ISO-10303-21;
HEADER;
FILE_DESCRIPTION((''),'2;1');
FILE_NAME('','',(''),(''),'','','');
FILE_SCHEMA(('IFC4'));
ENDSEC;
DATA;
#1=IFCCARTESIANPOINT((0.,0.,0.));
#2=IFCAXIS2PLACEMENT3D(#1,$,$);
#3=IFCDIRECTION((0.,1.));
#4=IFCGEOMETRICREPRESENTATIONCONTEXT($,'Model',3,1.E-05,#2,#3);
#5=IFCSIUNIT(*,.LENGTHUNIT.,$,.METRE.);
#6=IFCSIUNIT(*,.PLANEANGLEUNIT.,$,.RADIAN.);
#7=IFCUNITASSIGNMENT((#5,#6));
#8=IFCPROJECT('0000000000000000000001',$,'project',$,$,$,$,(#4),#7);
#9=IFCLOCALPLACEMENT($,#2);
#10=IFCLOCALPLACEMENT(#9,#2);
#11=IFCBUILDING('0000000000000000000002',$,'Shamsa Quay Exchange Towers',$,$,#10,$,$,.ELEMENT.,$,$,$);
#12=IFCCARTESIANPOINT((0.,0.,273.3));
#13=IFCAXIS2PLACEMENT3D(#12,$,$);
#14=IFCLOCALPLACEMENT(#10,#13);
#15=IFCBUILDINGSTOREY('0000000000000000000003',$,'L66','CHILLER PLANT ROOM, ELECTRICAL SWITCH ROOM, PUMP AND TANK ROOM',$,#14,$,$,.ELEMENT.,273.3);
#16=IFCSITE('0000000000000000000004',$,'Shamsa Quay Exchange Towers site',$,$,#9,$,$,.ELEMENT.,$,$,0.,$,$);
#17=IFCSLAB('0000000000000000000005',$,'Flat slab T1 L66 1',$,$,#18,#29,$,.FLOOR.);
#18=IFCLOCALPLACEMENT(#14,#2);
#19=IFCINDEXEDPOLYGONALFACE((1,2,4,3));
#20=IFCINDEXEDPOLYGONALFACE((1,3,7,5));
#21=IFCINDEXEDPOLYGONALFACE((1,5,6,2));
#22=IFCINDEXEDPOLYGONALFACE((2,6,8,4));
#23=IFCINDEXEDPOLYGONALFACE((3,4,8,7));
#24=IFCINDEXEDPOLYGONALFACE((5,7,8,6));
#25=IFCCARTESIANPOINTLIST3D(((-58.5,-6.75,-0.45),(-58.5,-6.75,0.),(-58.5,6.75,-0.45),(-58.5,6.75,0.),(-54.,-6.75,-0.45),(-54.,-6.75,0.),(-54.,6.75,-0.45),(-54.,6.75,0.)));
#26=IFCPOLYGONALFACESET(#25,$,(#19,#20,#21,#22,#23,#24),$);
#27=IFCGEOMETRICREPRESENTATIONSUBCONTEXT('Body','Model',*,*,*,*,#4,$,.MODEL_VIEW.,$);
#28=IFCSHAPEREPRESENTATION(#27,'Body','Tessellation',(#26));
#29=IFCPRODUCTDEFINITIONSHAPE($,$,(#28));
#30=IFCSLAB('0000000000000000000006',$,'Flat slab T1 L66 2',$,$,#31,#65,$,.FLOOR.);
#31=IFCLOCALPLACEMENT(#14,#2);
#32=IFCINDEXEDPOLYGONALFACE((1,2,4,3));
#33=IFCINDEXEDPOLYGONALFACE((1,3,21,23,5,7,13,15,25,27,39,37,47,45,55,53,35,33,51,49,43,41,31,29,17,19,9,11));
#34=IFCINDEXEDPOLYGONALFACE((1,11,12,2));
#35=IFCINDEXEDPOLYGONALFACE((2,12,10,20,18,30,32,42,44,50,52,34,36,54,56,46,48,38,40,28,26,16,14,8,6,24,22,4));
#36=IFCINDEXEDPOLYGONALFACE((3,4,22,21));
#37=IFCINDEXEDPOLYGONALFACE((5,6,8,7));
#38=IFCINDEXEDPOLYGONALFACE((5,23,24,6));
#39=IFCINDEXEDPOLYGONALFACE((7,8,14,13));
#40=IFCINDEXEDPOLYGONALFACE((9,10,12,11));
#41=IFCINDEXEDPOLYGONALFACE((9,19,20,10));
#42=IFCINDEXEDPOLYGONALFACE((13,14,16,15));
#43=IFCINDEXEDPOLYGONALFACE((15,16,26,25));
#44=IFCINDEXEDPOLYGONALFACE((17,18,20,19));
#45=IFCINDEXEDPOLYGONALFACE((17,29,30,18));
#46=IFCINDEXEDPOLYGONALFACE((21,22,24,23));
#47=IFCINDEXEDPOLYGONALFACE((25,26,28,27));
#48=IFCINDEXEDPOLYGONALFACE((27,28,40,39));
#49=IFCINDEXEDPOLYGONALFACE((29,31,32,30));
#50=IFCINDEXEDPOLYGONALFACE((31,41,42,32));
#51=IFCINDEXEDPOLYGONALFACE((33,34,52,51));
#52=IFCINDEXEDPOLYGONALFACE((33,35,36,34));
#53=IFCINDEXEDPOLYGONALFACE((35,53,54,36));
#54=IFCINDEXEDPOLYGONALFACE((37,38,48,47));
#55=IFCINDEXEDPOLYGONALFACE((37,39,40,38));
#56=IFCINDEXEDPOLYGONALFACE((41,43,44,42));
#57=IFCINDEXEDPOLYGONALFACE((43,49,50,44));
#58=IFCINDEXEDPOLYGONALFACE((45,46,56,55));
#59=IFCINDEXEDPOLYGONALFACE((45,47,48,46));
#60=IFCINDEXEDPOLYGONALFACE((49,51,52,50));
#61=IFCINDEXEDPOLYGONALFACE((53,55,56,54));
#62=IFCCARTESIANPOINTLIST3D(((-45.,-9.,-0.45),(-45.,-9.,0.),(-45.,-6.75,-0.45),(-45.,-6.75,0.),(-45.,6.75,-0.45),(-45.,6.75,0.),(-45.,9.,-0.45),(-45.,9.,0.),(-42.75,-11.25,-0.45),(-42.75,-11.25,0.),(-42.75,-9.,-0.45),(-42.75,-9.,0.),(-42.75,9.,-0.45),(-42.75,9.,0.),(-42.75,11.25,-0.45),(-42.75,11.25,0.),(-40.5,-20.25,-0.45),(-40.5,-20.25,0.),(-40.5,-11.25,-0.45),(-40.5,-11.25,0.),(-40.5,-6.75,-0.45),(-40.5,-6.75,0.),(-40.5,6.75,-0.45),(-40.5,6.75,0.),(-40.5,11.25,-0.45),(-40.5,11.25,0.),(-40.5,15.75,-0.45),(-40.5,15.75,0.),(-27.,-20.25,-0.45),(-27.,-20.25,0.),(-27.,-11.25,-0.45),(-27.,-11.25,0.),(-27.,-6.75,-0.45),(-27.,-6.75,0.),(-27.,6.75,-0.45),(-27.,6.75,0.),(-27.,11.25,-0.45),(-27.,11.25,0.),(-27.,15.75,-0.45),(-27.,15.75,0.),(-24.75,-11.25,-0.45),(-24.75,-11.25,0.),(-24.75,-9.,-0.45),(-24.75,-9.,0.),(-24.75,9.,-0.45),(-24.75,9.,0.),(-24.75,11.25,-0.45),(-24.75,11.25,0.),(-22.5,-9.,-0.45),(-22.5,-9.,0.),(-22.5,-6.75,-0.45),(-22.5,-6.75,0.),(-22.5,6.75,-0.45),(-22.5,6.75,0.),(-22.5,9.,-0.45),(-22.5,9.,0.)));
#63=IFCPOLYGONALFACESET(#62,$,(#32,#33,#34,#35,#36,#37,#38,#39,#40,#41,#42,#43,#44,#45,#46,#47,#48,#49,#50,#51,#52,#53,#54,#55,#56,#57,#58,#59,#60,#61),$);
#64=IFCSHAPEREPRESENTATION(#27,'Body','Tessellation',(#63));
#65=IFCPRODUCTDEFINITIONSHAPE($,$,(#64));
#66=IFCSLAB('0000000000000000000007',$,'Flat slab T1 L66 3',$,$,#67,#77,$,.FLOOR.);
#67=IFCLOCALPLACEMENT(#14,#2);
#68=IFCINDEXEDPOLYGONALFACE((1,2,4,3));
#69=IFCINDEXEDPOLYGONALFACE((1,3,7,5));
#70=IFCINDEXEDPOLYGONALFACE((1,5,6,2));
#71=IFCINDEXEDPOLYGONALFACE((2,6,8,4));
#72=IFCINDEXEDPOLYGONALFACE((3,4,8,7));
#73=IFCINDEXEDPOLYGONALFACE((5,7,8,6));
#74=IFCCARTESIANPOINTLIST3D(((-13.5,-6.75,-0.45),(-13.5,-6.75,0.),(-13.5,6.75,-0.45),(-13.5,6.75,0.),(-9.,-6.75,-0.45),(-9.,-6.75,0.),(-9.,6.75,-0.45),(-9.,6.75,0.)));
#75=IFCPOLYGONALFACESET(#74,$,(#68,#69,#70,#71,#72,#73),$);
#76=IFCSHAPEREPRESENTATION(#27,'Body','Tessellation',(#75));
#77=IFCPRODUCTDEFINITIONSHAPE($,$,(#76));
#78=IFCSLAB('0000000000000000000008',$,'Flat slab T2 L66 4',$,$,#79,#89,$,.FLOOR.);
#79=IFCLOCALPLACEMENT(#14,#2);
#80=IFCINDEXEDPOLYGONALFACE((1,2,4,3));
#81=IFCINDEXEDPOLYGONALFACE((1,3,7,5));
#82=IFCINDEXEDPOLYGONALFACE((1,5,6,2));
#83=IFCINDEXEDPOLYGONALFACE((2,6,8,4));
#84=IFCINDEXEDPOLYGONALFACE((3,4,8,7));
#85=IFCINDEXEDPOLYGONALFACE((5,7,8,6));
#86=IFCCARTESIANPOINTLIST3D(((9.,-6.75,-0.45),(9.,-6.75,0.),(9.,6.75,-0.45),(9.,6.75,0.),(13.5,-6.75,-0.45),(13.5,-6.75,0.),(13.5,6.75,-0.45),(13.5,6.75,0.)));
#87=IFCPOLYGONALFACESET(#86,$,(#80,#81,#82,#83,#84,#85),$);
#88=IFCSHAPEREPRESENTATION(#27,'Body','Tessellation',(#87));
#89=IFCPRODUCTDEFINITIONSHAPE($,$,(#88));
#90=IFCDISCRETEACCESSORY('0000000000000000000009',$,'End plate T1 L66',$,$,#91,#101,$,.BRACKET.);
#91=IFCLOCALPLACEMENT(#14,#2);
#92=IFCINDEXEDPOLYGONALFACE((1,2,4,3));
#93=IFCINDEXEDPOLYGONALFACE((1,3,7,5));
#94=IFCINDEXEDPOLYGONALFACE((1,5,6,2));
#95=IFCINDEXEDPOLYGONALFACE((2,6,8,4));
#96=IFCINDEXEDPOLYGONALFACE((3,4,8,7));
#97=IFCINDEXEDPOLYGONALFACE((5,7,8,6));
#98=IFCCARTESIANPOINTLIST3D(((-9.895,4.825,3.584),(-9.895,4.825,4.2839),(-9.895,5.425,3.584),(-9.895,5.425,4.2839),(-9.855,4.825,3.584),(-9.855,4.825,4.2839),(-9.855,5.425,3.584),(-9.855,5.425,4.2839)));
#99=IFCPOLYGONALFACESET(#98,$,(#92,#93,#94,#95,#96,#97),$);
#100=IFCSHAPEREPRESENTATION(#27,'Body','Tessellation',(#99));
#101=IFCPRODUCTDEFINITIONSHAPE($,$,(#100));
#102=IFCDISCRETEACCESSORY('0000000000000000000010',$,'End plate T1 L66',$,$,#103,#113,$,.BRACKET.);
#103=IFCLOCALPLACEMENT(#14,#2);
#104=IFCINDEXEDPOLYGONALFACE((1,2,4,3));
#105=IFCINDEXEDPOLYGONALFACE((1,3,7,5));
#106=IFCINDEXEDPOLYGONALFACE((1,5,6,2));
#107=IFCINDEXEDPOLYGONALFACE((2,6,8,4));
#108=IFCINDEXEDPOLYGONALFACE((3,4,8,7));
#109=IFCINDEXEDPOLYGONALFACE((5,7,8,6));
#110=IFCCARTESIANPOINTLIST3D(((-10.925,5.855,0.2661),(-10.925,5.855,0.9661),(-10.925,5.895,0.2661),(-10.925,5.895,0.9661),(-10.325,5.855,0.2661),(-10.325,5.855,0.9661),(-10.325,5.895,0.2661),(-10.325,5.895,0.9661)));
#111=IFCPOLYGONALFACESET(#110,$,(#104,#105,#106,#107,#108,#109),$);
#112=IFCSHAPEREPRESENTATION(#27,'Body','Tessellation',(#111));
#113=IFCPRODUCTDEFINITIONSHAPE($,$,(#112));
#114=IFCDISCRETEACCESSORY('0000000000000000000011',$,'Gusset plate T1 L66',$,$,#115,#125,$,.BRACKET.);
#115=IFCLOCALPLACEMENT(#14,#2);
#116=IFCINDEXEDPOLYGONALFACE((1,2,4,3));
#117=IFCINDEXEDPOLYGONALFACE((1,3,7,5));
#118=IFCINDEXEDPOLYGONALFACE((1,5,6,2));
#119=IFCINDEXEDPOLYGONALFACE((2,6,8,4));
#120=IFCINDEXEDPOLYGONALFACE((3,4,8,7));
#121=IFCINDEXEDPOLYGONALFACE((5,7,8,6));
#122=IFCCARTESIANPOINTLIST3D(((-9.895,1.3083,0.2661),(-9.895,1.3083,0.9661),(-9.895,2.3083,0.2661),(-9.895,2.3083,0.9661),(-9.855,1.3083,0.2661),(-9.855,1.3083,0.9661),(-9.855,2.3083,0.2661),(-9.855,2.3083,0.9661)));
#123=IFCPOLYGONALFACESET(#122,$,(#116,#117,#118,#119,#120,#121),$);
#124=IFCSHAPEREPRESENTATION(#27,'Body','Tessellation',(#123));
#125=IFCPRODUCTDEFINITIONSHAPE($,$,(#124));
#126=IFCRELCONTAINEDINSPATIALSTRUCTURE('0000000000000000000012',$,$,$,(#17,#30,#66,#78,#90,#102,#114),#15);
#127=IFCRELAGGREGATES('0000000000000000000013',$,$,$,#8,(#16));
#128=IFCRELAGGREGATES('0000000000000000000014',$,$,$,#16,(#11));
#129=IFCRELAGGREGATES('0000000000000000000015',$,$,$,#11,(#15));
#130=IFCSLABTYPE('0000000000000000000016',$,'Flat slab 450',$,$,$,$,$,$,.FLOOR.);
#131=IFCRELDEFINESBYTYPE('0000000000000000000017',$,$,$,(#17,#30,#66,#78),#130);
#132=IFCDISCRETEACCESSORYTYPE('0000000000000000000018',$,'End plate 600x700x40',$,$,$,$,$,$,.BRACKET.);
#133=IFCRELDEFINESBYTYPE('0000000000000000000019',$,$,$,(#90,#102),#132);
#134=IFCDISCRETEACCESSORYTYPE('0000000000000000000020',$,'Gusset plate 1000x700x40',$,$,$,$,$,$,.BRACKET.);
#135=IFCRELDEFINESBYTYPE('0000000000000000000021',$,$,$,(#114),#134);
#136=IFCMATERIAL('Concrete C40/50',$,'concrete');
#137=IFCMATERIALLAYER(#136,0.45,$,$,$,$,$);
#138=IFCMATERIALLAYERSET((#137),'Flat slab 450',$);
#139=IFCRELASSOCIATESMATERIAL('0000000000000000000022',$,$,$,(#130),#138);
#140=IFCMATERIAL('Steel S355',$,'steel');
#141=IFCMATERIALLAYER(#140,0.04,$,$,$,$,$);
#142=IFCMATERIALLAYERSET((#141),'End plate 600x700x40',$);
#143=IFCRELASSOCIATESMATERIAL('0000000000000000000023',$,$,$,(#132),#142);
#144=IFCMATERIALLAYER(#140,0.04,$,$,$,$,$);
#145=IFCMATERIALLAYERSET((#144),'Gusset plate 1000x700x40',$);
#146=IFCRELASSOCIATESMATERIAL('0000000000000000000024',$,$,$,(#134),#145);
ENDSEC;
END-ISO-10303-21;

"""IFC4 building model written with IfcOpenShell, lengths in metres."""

from ifc_helpers import new_model, si_unit, direction, frame, origin, origin_2d, place, context, subcontext, project, spatial, polyline, rectangle, outline, extrude, material, layer, layer_set, type_object, element, save


model = new_model("IFC4")

# Units and contexts
model_context = context("Model", 3, precision=1e-05, world=origin(), true_north=direction((0.0, 1.0)))
body_context = subcontext(model_context, "Body", "Model", "MODEL_VIEW")
ifc_project = project(units=[si_unit("LENGTHUNIT", "METRE"), si_unit("PLANEANGLEUNIT", "RADIAN")], contexts=[model_context])

# Site, building, storey
site_placement = place(None, origin())
site = spatial("IfcSite", under=ifc_project, at=site_placement, Name="Shamsa Quay Exchange Towers site", CompositionType="ELEMENT", RefElevation=0.0)
building_placement = place(site_placement, origin())
building = spatial("IfcBuilding", under=site, at=building_placement, Name="Shamsa Quay Exchange Towers", CompositionType="ELEMENT")
storey_placement = place(building_placement, frame((0.0, 0.0, 273.3)))
storey = spatial("IfcBuildingStorey", under=building, at=storey_placement, Name="L66", Description="CHILLER PLANT ROOM, ELECTRICAL SWITCH ROOM, PUMP AND TANK ROOM", CompositionType="ELEMENT", Elevation=273.3)

# Shared definitions
ifc_material_1 = material(Name="Steel S355", Category="steel")

# Slabs
ifc_material_2 = material(Name="Concrete C40/50", Category="concrete")
ifc_layer_1 = layer(ifc_material_2, 0.45)
ifc_layer_set_1 = layer_set([ifc_layer_1], Name="Flat slab 450")
slab_type = type_object("IfcSlabType", Name="Flat slab 450", PredefinedType="FLOOR", material=ifc_layer_set_1)
slab_1_placement = place(storey_placement, frame((0.0, 0.0, -0.45)))
element("IfcSlab", 1, at=slab_1_placement, inside=storey, type_object=slab_type, Name="Flat slab T1 L66 1", PredefinedType="FLOOR", context=body_context, shape_type="SweptSolid", body=[
    extrude(outline(polyline([(-58.5, -6.75), (-54.0, -6.75), (-54.0, 6.75), (-58.5, 6.75), (-58.5, -6.75)])), origin(), (0.0, 0.0, 1.0), 0.45),
])
slab_2_placement = place(storey_placement, frame((0.0, 0.0, -0.45)))
element("IfcSlab", 2, at=slab_2_placement, inside=storey, type_object=slab_type, Name="Flat slab T1 L66 2", PredefinedType="FLOOR", context=body_context, shape_type="SweptSolid", body=[
    extrude(outline(polyline([(-22.5, -9.0), (-22.5, -6.75), (-27.0, -6.75), (-27.0, 6.75), (-22.5, 6.75), (-22.5, 9.0), (-24.75, 9.0), (-24.75, 11.25), (-27.0, 11.25), (-27.0, 15.75), (-40.5, 15.75), (-40.5, 11.25), (-42.75, 11.25), (-42.75, 9.0), (-45.0, 9.0), (-45.0, 6.75), (-40.5, 6.75), (-40.5, -6.75), (-45.0, -6.75), (-45.0, -9.0), (-42.75, -9.0), (-42.75, -11.25), (-40.5, -11.25), (-40.5, -20.25), (-27.0, -20.25), (-27.0, -11.25), (-24.75, -11.25), (-24.75, -9.0), (-22.5, -9.0)])), origin(), (0.0, 0.0, 1.0), 0.45),
])
slab_3_placement = place(storey_placement, frame((0.0, 0.0, -0.45)))
element("IfcSlab", 3, at=slab_3_placement, inside=storey, type_object=slab_type, Name="Flat slab T1 L66 3", PredefinedType="FLOOR", context=body_context, shape_type="SweptSolid", body=[
    extrude(outline(polyline([(-9.0, 6.75), (-13.5, 6.75), (-13.5, -6.75), (-9.0, -6.75), (-9.0, 6.75)])), origin(), (0.0, 0.0, 1.0), 0.45),
])
slab_4_placement = place(storey_placement, frame((0.0, 0.0, -0.45)))
element("IfcSlab", 4, at=slab_4_placement, inside=storey, type_object=slab_type, Name="Flat slab T2 L66 4", PredefinedType="FLOOR", context=body_context, shape_type="SweptSolid", body=[
    extrude(outline(polyline([(9.0, -6.75), (13.5, -6.75), (13.5, 6.75), (9.0, 6.75), (9.0, -6.75)])), origin(), (0.0, 0.0, 1.0), 0.45),
])

# Discrete accessories
ifc_layer_2 = layer(ifc_material_1, 0.04)
ifc_layer_set_2 = layer_set([ifc_layer_2], Name="End plate 600x700x40")
discrete_accessory_type_1 = type_object("IfcDiscreteAccessoryType", Name="End plate 600x700x40", PredefinedType="BRACKET", material=ifc_layer_set_2)
for number, where, z_axis, x_axis, name in (
    (5, (-9.875, 5.125, 3.584), (0.0, 0.0, 1.0), (0.0, 1.0, 0.0), "End plate T1 L66"),
    (6, (-10.625, 5.875, 0.2661), (0.0, 0.0, 1.0), (-1.0, 0.0, 0.0), "End plate T1 L66"),
):
    element("IfcDiscreteAccessory", number, at=place(storey_placement, frame(where, z_axis=z_axis, x_axis=x_axis)), inside=storey, type_object=discrete_accessory_type_1, Name=name, PredefinedType="BRACKET", context=body_context, shape_type="SweptSolid", body=[
        extrude(rectangle(XDim=0.6001, YDim=0.04, at=origin_2d()), origin(), (0.0, 0.0, 1.0), 0.7),
    ])
ifc_layer_3 = layer(ifc_material_1, 0.04)
ifc_layer_set_3 = layer_set([ifc_layer_3], Name="Gusset plate 1000x700x40")
discrete_accessory_type_2 = type_object("IfcDiscreteAccessoryType", Name="Gusset plate 1000x700x40", PredefinedType="BRACKET", material=ifc_layer_set_3)
discrete_accessory_placement = place(storey_placement, frame((-9.875, 1.8083, 0.2661), z_axis=(0.0, 0.0, 1.0), x_axis=(0.0, 1.0, 0.0)))
element("IfcDiscreteAccessory", 7, at=discrete_accessory_placement, inside=storey, type_object=discrete_accessory_type_2, Name="Gusset plate T1 L66", PredefinedType="BRACKET", context=body_context, shape_type="SweptSolid", body=[
    extrude(rectangle(XDim=1.0, YDim=0.04, at=origin_2d()), origin(), (0.0, 0.0, 1.0), 0.7),
])

save(model, "model.ifc")
